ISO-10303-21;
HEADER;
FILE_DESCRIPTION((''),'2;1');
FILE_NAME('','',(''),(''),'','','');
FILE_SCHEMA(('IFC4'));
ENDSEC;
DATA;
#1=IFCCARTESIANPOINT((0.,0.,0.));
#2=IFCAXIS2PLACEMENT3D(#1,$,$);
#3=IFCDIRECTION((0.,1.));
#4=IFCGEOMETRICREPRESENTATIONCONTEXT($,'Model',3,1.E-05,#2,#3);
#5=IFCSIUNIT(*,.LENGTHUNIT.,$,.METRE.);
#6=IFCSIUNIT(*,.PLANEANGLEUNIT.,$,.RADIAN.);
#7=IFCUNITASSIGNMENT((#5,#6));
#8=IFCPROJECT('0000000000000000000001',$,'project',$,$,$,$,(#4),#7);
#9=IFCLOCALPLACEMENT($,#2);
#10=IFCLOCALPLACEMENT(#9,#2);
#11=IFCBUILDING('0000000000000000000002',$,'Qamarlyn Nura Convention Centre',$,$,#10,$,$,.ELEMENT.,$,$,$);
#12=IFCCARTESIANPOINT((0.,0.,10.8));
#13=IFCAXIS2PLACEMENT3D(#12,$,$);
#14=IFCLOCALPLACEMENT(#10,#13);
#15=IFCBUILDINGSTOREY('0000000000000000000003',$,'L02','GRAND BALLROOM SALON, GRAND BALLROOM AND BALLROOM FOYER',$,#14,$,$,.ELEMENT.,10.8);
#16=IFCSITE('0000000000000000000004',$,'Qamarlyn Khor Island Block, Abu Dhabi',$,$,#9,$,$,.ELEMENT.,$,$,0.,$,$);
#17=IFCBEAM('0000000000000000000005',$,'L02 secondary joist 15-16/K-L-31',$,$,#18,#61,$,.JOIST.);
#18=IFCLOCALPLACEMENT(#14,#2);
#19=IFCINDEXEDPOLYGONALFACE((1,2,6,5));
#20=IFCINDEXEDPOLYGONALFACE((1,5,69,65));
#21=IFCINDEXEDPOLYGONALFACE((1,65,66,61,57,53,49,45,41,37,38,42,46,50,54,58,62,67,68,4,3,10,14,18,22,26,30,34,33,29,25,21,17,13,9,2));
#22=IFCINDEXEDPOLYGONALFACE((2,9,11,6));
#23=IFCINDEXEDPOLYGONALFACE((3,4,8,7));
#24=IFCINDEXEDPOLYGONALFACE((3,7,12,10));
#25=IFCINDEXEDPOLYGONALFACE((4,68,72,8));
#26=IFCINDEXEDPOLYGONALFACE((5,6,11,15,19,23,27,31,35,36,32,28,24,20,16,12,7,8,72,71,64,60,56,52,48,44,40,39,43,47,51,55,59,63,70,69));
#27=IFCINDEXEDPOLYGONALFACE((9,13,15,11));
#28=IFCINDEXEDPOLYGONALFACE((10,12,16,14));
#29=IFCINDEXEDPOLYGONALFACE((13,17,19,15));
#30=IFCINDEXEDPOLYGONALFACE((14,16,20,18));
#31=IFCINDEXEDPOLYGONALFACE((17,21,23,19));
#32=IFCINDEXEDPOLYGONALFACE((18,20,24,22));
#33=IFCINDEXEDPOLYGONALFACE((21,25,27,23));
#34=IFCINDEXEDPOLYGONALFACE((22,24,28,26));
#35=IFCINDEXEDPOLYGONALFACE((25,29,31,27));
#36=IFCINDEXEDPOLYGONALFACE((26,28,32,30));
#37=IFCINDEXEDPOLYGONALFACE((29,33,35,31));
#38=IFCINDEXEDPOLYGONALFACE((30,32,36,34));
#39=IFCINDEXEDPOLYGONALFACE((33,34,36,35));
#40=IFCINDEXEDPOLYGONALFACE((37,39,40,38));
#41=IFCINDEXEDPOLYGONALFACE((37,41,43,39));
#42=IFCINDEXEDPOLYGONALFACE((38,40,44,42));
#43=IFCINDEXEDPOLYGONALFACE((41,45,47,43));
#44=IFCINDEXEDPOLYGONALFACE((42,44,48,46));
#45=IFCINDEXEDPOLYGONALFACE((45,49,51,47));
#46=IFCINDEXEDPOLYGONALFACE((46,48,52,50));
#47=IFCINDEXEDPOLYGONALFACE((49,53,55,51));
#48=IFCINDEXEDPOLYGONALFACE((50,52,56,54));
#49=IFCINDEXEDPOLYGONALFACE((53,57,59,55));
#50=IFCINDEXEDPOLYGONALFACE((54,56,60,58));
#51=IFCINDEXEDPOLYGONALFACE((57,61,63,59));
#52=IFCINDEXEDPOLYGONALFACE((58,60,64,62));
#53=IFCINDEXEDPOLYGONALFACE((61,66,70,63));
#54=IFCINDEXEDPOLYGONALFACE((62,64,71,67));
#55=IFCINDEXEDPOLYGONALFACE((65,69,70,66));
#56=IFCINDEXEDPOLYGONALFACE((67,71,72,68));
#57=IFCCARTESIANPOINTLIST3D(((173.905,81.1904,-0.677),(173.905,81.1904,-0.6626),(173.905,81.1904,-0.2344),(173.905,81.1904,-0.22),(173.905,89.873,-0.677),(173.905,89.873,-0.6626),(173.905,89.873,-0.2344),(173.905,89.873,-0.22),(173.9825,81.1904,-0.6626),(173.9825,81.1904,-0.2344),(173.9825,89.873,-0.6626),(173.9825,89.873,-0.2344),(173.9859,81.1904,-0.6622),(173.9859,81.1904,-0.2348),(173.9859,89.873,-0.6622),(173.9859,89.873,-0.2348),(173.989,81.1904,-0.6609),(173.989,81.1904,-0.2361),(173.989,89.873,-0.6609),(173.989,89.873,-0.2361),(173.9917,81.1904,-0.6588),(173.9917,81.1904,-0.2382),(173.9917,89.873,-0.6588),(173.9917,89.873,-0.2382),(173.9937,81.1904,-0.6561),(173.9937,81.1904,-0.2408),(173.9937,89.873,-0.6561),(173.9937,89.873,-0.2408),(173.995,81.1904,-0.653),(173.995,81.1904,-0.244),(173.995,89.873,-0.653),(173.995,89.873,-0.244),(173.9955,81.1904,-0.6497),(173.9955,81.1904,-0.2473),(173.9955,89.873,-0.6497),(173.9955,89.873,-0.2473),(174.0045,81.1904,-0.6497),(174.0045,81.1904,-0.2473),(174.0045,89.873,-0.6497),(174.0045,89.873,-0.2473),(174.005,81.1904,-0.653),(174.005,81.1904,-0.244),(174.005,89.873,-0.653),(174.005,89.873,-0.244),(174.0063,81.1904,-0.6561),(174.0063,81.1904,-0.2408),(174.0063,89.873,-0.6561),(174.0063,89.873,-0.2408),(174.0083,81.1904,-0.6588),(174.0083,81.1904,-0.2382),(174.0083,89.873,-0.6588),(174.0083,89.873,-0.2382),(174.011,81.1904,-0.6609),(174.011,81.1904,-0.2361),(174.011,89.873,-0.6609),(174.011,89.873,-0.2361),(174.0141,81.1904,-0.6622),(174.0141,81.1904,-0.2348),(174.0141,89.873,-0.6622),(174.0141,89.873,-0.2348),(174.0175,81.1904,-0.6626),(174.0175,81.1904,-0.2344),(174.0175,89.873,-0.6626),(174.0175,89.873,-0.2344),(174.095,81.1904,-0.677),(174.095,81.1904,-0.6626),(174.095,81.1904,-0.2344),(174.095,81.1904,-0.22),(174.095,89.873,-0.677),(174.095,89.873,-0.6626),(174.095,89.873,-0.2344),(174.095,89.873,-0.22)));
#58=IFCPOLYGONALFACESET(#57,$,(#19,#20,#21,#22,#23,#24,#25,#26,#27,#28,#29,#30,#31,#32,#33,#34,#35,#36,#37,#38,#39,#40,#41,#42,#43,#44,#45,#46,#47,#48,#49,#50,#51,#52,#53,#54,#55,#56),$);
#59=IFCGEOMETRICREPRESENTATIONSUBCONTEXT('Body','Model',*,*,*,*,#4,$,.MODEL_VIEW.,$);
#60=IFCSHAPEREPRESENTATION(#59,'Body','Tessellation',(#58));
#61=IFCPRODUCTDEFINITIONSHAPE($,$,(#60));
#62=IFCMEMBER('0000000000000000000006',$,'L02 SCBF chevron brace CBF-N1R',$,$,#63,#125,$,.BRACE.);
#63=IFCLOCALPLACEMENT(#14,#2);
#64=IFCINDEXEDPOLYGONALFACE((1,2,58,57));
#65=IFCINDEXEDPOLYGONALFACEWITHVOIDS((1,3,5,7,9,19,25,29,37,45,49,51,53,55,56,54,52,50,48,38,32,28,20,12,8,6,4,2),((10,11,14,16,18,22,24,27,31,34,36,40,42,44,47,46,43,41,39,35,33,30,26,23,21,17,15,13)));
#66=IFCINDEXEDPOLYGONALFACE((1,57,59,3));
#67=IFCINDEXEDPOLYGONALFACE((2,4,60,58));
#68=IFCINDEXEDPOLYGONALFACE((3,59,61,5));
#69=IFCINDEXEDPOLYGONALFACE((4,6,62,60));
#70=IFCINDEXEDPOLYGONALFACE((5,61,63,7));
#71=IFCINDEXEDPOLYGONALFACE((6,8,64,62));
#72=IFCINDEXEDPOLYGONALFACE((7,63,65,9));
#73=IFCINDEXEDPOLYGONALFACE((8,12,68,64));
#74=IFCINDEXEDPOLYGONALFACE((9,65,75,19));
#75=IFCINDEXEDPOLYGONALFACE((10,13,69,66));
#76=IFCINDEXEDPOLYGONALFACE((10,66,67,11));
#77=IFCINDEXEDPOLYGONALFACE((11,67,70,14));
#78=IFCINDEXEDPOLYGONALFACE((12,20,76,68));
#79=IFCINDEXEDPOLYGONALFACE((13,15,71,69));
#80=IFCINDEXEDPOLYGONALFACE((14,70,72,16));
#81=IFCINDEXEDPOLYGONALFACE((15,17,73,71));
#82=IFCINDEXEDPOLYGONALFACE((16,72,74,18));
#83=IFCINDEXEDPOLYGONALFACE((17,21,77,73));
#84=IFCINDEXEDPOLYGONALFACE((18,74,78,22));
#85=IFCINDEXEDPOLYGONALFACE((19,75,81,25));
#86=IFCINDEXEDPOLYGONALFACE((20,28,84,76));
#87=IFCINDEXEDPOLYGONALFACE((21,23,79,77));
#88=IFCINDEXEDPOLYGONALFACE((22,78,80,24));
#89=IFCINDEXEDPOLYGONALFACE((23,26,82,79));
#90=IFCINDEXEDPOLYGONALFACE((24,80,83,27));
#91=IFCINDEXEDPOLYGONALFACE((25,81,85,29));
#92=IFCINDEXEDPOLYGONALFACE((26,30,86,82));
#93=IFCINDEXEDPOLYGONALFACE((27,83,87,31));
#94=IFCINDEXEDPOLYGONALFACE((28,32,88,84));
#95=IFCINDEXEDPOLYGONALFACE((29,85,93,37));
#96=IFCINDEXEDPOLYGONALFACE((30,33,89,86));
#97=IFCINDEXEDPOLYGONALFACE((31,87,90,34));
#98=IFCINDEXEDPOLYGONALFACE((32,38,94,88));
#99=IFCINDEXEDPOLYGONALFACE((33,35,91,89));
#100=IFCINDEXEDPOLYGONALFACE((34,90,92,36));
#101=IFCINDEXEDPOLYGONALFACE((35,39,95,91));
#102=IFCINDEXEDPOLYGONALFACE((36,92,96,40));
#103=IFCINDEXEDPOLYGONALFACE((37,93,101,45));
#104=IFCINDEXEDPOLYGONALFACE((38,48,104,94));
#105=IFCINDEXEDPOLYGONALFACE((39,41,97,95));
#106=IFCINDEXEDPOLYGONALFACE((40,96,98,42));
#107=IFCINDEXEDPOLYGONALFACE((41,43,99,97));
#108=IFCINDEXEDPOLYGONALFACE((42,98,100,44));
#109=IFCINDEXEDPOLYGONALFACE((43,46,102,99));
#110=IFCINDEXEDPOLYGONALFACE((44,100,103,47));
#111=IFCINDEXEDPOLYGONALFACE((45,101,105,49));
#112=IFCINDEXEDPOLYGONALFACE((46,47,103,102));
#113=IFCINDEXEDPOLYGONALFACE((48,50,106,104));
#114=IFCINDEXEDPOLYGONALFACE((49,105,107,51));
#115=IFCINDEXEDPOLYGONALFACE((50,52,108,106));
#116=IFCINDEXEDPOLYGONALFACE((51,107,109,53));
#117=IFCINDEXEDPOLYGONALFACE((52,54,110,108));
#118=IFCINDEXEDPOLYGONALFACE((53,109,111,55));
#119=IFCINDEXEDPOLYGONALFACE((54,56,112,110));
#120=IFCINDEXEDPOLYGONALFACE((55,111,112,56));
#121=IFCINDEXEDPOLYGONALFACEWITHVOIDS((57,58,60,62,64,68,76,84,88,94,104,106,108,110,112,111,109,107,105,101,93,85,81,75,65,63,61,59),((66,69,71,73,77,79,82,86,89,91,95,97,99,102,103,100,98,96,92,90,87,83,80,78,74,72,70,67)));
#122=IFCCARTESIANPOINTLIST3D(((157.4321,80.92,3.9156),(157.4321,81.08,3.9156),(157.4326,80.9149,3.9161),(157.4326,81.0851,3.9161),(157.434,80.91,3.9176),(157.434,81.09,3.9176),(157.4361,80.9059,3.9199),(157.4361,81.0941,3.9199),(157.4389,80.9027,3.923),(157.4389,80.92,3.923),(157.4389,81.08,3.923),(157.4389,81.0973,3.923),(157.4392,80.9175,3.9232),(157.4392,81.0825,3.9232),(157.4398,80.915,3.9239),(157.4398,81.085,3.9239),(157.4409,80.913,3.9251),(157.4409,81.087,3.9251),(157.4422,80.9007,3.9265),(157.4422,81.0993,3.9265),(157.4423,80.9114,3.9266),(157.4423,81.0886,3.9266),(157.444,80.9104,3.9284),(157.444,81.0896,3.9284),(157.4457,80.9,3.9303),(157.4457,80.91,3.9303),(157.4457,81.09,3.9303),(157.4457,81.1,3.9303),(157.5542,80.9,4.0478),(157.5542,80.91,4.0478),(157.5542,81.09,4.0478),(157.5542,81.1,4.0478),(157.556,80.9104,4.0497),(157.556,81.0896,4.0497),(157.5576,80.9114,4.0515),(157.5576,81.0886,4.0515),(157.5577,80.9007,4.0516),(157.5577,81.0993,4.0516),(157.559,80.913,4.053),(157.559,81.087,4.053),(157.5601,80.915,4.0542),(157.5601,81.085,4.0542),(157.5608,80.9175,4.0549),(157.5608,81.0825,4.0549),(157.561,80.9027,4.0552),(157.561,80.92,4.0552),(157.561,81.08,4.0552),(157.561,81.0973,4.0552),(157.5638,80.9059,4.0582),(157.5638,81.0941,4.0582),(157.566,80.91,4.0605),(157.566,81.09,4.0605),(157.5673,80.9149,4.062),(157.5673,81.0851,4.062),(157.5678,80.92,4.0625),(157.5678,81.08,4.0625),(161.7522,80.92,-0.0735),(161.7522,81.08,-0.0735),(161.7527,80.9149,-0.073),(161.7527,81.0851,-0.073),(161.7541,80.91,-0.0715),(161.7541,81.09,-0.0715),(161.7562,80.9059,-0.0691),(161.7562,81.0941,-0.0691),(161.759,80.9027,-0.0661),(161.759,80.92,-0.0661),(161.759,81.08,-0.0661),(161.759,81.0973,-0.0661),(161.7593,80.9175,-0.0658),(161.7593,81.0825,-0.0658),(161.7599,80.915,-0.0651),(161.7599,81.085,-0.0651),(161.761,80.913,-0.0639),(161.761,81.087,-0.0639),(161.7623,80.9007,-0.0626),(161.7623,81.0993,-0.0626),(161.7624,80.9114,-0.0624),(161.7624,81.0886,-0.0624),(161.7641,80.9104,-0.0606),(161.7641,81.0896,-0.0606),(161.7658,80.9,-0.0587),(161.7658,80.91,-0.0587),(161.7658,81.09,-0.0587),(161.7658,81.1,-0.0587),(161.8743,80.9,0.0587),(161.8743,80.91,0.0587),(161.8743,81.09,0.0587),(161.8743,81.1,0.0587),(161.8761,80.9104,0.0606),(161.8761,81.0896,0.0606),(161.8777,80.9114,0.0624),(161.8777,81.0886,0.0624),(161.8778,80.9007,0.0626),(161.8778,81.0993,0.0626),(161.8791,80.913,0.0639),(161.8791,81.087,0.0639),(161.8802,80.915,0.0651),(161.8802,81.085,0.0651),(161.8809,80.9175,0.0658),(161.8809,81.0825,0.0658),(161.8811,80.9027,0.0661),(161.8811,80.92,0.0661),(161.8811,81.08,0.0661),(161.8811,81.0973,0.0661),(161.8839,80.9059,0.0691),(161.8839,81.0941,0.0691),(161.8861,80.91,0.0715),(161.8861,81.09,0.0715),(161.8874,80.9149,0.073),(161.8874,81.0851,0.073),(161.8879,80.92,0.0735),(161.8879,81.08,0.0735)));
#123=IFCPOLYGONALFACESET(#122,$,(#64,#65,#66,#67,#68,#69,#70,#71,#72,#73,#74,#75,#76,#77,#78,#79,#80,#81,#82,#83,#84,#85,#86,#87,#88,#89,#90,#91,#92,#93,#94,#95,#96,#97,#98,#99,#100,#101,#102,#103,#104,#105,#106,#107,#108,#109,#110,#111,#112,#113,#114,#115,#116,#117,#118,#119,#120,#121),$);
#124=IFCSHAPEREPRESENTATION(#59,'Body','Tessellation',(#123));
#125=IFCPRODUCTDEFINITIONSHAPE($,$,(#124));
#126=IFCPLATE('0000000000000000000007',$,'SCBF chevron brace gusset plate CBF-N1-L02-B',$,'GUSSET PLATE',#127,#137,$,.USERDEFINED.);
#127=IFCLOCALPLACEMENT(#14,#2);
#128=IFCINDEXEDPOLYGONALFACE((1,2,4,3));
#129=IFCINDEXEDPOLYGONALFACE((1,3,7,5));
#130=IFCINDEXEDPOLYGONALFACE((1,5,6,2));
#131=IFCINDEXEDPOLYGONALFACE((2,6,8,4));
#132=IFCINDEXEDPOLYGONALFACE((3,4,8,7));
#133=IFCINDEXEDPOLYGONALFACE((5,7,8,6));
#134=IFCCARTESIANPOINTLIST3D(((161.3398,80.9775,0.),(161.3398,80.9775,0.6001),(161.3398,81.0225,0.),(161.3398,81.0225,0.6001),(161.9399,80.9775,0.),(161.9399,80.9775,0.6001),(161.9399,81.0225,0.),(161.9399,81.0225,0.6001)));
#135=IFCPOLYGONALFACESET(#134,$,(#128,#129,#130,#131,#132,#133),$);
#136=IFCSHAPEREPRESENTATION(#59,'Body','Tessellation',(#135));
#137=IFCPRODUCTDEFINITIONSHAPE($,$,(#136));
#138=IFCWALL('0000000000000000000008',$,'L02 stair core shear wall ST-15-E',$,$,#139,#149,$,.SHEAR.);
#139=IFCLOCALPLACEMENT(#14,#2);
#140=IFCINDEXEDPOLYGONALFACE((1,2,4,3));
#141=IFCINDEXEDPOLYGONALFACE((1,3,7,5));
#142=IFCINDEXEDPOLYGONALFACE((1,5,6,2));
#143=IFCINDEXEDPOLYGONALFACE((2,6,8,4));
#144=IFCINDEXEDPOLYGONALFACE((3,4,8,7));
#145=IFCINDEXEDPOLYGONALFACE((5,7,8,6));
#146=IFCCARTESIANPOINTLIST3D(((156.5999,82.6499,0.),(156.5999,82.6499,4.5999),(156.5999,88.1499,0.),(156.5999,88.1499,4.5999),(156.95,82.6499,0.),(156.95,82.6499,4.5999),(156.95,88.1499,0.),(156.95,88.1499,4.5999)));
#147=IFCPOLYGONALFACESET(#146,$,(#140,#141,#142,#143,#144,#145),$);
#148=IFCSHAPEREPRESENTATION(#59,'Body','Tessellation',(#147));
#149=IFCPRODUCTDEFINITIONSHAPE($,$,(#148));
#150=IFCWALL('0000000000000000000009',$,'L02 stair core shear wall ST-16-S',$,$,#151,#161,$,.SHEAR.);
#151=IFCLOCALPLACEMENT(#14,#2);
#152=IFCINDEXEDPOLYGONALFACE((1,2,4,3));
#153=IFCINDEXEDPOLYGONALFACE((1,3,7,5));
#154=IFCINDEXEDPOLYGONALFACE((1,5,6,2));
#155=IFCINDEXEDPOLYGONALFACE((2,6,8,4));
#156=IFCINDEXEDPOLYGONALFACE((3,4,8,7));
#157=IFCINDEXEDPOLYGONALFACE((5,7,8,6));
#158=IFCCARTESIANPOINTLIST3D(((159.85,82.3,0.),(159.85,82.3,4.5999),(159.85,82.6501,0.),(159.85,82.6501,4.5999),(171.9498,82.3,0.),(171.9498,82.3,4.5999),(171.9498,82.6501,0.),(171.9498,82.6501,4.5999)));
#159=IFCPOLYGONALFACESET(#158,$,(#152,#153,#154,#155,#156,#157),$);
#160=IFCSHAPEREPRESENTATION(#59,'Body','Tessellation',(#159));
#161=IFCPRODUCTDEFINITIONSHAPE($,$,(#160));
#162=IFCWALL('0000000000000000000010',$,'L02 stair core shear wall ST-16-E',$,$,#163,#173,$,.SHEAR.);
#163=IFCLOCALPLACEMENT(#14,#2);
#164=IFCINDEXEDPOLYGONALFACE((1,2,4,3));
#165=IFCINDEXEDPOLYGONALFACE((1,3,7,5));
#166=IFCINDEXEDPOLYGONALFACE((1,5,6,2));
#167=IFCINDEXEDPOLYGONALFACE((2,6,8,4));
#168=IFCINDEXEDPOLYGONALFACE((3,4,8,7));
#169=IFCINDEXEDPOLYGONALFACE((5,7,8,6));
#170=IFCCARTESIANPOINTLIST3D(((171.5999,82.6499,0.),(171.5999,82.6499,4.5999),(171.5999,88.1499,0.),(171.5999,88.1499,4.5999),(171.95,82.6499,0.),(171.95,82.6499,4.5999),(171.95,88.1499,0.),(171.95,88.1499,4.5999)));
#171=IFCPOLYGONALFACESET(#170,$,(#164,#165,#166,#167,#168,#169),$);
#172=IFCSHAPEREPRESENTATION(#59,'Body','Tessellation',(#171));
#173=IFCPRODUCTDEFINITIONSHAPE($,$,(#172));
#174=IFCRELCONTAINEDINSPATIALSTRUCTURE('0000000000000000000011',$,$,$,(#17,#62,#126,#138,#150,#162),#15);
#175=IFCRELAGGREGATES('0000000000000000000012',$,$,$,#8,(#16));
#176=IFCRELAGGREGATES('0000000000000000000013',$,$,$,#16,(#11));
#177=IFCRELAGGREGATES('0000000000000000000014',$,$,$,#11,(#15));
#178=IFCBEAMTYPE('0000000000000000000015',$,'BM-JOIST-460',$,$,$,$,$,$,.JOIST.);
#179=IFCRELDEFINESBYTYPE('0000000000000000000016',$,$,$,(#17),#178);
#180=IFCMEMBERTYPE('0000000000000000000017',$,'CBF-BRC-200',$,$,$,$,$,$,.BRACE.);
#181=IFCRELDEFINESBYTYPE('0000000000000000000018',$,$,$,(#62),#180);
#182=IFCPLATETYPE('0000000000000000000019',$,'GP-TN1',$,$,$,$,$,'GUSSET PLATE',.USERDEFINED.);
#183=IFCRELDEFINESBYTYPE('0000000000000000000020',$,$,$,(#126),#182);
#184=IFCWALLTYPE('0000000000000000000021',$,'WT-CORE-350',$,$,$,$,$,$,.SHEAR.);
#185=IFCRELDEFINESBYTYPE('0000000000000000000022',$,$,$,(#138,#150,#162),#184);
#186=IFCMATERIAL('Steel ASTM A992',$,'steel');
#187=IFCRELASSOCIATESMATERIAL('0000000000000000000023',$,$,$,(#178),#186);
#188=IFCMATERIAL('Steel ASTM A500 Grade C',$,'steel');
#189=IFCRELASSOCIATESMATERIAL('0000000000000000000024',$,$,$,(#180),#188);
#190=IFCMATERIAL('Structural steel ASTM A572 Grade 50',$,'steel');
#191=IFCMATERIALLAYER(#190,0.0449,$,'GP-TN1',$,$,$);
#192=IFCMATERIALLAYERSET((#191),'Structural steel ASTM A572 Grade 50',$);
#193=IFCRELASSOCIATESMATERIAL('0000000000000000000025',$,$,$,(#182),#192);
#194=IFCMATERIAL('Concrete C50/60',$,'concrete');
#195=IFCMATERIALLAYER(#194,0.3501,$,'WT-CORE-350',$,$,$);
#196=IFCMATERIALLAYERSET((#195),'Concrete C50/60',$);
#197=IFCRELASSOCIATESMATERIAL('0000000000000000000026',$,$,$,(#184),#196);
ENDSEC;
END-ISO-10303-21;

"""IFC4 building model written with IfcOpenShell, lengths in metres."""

from ifc_helpers import new_model, si_unit, direction, frame, frame_2d, origin, origin_2d, place, context, subcontext, project, spatial, rectangle, hollow_rectangle, i_section, extrude, material, layer, layer_set, material_profile, profile_set, type_object, element, save


model = new_model("IFC4")

# Units and contexts
model_context = context("Model", 3, precision=1e-05, world=origin(), true_north=direction((0.0, 1.0)))
body_context = subcontext(model_context, "Body", "Model", "MODEL_VIEW")
ifc_project = project(units=[si_unit("LENGTHUNIT", "METRE"), si_unit("PLANEANGLEUNIT", "RADIAN")], contexts=[model_context])

# Site, building, storey
site_placement = place(None, origin())
site = spatial("IfcSite", under=ifc_project, at=site_placement, Name="Qamarlyn Khor Island Block, Abu Dhabi", CompositionType="ELEMENT", RefElevation=0.0)
building_placement = place(site_placement, origin())
building = spatial("IfcBuilding", under=site, at=building_placement, Name="Qamarlyn Nura Convention Centre", CompositionType="ELEMENT")
storey_placement = place(building_placement, frame((0.0, 0.0, 10.8)))
storey = spatial("IfcBuildingStorey", under=building, at=storey_placement, Name="L02", Description="GRAND BALLROOM SALON, GRAND BALLROOM AND BALLROOM FOYER", CompositionType="ELEMENT", Elevation=10.8)

# Shared definitions
ifc_material_1 = material(Name="Steel ASTM A992", Category="steel")

# Beam
ifc_material_profile_1 = material_profile(ifc_material_1, i_section(OverallWidth=0.1899, OverallDepth=0.457, WebThickness=0.009, FlangeThickness=0.0144, FilletRadius=0.0129, at=origin_2d()), Name="W460X74")
ifc_profile_set_1 = profile_set([ifc_material_profile_1], Name="Steel ASTM A992")
beam_type_1 = type_object("IfcBeamType", Name="BM-JOIST-460", PredefinedType="JOIST", material=ifc_profile_set_1)
for number, where, z_axis, x_axis, name in (
    (1, (174.0, 81.1904, -0.4485), (0.0, 1.0, 0.0), (-1.0, 0.0, 0.0), "L02 secondary joist 15-16/K-L-31"),
):
    element("IfcBeam", number, at=place(storey_placement, frame(where, z_axis=z_axis, x_axis=x_axis)), inside=storey, type_object=beam_type_1, Name=name, PredefinedType="JOIST", context=body_context, shape_type="SweptSolid", body=[
        extrude(i_section(OverallWidth=0.1899, OverallDepth=0.457, WebThickness=0.009, FlangeThickness=0.0144, FilletRadius=0.0129, at=origin_2d()), origin(), (0.0, 0.0, 1.0), 8.6826),
    ])

# Member
ifc_material_2 = material(Name="Steel ASTM A500 Grade C", Category="steel")
ifc_material_profile_2 = material_profile(ifc_material_2, hollow_rectangle(XDim=0.2, YDim=0.2, WallThickness=0.01, InnerFilletRadius=0.01, OuterFilletRadius=0.02, at=origin_2d()), Name="HSS200X200X10")
ifc_profile_set_2 = profile_set([ifc_material_profile_2], Name="Steel ASTM A500 Grade C")
member_type = type_object("IfcMemberType", Name="CBF-BRC-200", PredefinedType="BRACE", material=ifc_profile_set_2)
member_placement = place(storey_placement, frame((161.8201, 81.0, 0.0), z_axis=(-0.734697, 0.0, 0.678396), x_axis=(0.0, -1.0, 0.0)))
element("IfcMember", 2, at=member_placement, inside=storey, type_object=member_type, Name="L02 SCBF chevron brace CBF-N1R", PredefinedType="BRACE", context=body_context, shape_type="SweptSolid", body=[
    extrude(hollow_rectangle(XDim=0.2, YDim=0.2, WallThickness=0.01, InnerFilletRadius=0.01, OuterFilletRadius=0.02, at=origin_2d()), origin(), (0.0, 0.0, 1.0), 5.8801),
])

# Plate
ifc_material_3 = material(Name="Structural steel ASTM A572 Grade 50", Category="steel")
ifc_layer_1 = layer(ifc_material_3, 0.0449, Name="GP-TN1")
ifc_layer_set_1 = layer_set([ifc_layer_1], Name="Structural steel ASTM A572 Grade 50")
plate_type = type_object("IfcPlateType", Name="GP-TN1", ElementType="GUSSET PLATE", PredefinedType="USERDEFINED", material=ifc_layer_set_1)
plate_placement = place(storey_placement, frame((161.6399, 81.0, 0.0), z_axis=(0.0, 0.0, 1.0), x_axis=(1.0, 0.0, 0.0)))
element("IfcPlate", 3, at=plate_placement, inside=storey, type_object=plate_type, Name="SCBF chevron brace gusset plate CBF-N1-L02-B", ObjectType="GUSSET PLATE", PredefinedType="USERDEFINED", context=body_context, shape_type="SweptSolid", body=[
    extrude(rectangle(XDim=0.6001, YDim=0.0449, at=origin_2d()), origin(), (0.0, 0.0, 1.0), 0.6001),
])

# Walls
ifc_material_4 = material(Name="Concrete C50/60", Category="concrete")
ifc_layer_2 = layer(ifc_material_4, 0.3501, Name="WT-CORE-350")
ifc_layer_set_2 = layer_set([ifc_layer_2], Name="Concrete C50/60")
wall_type = type_object("IfcWallType", Name="WT-CORE-350", PredefinedType="SHEAR", material=ifc_layer_set_2)
wall_1_placement = place(storey_placement, frame((156.7749, 82.6499, 0.0), z_axis=(0.0, 0.0, 1.0), x_axis=(0.0, 1.0, 0.0)))
element("IfcWall", 4, at=wall_1_placement, inside=storey, type_object=wall_type, Name="L02 stair core shear wall ST-15-E", PredefinedType="SHEAR", context=body_context, shape_type="SweptSolid", body=[
    extrude(rectangle(XDim=5.5, YDim=0.3501, at=frame_2d((2.75, 0.0))), origin(), (0.0, 0.0, 1.0), 4.5999),
])
wall_2_placement = place(storey_placement, frame((159.8501, 82.4751, 0.0), z_axis=(0.0, 0.0, 1.0), x_axis=(1.0, 0.0, 0.0)))
element("IfcWall", 5, at=wall_2_placement, inside=storey, type_object=wall_type, Name="L02 stair core shear wall ST-16-S", PredefinedType="SHEAR", context=body_context, shape_type="SweptSolid", body=[
    extrude(rectangle(XDim=12.0999, YDim=0.3501, at=frame_2d((6.0498, 0.0))), origin(), (0.0, 0.0, 1.0), 4.5999),
])
wall_3_placement = place(storey_placement, frame((171.7749, 82.6499, 0.0), z_axis=(0.0, 0.0, 1.0), x_axis=(0.0, 1.0, 0.0)))
element("IfcWall", 6, at=wall_3_placement, inside=storey, type_object=wall_type, Name="L02 stair core shear wall ST-16-E", PredefinedType="SHEAR", context=body_context, shape_type="SweptSolid", body=[
    extrude(rectangle(XDim=5.5, YDim=0.3501, at=frame_2d((2.75, 0.0))), origin(), (0.0, 0.0, 1.0), 4.5999),
])

save(model, "model.ifc")
